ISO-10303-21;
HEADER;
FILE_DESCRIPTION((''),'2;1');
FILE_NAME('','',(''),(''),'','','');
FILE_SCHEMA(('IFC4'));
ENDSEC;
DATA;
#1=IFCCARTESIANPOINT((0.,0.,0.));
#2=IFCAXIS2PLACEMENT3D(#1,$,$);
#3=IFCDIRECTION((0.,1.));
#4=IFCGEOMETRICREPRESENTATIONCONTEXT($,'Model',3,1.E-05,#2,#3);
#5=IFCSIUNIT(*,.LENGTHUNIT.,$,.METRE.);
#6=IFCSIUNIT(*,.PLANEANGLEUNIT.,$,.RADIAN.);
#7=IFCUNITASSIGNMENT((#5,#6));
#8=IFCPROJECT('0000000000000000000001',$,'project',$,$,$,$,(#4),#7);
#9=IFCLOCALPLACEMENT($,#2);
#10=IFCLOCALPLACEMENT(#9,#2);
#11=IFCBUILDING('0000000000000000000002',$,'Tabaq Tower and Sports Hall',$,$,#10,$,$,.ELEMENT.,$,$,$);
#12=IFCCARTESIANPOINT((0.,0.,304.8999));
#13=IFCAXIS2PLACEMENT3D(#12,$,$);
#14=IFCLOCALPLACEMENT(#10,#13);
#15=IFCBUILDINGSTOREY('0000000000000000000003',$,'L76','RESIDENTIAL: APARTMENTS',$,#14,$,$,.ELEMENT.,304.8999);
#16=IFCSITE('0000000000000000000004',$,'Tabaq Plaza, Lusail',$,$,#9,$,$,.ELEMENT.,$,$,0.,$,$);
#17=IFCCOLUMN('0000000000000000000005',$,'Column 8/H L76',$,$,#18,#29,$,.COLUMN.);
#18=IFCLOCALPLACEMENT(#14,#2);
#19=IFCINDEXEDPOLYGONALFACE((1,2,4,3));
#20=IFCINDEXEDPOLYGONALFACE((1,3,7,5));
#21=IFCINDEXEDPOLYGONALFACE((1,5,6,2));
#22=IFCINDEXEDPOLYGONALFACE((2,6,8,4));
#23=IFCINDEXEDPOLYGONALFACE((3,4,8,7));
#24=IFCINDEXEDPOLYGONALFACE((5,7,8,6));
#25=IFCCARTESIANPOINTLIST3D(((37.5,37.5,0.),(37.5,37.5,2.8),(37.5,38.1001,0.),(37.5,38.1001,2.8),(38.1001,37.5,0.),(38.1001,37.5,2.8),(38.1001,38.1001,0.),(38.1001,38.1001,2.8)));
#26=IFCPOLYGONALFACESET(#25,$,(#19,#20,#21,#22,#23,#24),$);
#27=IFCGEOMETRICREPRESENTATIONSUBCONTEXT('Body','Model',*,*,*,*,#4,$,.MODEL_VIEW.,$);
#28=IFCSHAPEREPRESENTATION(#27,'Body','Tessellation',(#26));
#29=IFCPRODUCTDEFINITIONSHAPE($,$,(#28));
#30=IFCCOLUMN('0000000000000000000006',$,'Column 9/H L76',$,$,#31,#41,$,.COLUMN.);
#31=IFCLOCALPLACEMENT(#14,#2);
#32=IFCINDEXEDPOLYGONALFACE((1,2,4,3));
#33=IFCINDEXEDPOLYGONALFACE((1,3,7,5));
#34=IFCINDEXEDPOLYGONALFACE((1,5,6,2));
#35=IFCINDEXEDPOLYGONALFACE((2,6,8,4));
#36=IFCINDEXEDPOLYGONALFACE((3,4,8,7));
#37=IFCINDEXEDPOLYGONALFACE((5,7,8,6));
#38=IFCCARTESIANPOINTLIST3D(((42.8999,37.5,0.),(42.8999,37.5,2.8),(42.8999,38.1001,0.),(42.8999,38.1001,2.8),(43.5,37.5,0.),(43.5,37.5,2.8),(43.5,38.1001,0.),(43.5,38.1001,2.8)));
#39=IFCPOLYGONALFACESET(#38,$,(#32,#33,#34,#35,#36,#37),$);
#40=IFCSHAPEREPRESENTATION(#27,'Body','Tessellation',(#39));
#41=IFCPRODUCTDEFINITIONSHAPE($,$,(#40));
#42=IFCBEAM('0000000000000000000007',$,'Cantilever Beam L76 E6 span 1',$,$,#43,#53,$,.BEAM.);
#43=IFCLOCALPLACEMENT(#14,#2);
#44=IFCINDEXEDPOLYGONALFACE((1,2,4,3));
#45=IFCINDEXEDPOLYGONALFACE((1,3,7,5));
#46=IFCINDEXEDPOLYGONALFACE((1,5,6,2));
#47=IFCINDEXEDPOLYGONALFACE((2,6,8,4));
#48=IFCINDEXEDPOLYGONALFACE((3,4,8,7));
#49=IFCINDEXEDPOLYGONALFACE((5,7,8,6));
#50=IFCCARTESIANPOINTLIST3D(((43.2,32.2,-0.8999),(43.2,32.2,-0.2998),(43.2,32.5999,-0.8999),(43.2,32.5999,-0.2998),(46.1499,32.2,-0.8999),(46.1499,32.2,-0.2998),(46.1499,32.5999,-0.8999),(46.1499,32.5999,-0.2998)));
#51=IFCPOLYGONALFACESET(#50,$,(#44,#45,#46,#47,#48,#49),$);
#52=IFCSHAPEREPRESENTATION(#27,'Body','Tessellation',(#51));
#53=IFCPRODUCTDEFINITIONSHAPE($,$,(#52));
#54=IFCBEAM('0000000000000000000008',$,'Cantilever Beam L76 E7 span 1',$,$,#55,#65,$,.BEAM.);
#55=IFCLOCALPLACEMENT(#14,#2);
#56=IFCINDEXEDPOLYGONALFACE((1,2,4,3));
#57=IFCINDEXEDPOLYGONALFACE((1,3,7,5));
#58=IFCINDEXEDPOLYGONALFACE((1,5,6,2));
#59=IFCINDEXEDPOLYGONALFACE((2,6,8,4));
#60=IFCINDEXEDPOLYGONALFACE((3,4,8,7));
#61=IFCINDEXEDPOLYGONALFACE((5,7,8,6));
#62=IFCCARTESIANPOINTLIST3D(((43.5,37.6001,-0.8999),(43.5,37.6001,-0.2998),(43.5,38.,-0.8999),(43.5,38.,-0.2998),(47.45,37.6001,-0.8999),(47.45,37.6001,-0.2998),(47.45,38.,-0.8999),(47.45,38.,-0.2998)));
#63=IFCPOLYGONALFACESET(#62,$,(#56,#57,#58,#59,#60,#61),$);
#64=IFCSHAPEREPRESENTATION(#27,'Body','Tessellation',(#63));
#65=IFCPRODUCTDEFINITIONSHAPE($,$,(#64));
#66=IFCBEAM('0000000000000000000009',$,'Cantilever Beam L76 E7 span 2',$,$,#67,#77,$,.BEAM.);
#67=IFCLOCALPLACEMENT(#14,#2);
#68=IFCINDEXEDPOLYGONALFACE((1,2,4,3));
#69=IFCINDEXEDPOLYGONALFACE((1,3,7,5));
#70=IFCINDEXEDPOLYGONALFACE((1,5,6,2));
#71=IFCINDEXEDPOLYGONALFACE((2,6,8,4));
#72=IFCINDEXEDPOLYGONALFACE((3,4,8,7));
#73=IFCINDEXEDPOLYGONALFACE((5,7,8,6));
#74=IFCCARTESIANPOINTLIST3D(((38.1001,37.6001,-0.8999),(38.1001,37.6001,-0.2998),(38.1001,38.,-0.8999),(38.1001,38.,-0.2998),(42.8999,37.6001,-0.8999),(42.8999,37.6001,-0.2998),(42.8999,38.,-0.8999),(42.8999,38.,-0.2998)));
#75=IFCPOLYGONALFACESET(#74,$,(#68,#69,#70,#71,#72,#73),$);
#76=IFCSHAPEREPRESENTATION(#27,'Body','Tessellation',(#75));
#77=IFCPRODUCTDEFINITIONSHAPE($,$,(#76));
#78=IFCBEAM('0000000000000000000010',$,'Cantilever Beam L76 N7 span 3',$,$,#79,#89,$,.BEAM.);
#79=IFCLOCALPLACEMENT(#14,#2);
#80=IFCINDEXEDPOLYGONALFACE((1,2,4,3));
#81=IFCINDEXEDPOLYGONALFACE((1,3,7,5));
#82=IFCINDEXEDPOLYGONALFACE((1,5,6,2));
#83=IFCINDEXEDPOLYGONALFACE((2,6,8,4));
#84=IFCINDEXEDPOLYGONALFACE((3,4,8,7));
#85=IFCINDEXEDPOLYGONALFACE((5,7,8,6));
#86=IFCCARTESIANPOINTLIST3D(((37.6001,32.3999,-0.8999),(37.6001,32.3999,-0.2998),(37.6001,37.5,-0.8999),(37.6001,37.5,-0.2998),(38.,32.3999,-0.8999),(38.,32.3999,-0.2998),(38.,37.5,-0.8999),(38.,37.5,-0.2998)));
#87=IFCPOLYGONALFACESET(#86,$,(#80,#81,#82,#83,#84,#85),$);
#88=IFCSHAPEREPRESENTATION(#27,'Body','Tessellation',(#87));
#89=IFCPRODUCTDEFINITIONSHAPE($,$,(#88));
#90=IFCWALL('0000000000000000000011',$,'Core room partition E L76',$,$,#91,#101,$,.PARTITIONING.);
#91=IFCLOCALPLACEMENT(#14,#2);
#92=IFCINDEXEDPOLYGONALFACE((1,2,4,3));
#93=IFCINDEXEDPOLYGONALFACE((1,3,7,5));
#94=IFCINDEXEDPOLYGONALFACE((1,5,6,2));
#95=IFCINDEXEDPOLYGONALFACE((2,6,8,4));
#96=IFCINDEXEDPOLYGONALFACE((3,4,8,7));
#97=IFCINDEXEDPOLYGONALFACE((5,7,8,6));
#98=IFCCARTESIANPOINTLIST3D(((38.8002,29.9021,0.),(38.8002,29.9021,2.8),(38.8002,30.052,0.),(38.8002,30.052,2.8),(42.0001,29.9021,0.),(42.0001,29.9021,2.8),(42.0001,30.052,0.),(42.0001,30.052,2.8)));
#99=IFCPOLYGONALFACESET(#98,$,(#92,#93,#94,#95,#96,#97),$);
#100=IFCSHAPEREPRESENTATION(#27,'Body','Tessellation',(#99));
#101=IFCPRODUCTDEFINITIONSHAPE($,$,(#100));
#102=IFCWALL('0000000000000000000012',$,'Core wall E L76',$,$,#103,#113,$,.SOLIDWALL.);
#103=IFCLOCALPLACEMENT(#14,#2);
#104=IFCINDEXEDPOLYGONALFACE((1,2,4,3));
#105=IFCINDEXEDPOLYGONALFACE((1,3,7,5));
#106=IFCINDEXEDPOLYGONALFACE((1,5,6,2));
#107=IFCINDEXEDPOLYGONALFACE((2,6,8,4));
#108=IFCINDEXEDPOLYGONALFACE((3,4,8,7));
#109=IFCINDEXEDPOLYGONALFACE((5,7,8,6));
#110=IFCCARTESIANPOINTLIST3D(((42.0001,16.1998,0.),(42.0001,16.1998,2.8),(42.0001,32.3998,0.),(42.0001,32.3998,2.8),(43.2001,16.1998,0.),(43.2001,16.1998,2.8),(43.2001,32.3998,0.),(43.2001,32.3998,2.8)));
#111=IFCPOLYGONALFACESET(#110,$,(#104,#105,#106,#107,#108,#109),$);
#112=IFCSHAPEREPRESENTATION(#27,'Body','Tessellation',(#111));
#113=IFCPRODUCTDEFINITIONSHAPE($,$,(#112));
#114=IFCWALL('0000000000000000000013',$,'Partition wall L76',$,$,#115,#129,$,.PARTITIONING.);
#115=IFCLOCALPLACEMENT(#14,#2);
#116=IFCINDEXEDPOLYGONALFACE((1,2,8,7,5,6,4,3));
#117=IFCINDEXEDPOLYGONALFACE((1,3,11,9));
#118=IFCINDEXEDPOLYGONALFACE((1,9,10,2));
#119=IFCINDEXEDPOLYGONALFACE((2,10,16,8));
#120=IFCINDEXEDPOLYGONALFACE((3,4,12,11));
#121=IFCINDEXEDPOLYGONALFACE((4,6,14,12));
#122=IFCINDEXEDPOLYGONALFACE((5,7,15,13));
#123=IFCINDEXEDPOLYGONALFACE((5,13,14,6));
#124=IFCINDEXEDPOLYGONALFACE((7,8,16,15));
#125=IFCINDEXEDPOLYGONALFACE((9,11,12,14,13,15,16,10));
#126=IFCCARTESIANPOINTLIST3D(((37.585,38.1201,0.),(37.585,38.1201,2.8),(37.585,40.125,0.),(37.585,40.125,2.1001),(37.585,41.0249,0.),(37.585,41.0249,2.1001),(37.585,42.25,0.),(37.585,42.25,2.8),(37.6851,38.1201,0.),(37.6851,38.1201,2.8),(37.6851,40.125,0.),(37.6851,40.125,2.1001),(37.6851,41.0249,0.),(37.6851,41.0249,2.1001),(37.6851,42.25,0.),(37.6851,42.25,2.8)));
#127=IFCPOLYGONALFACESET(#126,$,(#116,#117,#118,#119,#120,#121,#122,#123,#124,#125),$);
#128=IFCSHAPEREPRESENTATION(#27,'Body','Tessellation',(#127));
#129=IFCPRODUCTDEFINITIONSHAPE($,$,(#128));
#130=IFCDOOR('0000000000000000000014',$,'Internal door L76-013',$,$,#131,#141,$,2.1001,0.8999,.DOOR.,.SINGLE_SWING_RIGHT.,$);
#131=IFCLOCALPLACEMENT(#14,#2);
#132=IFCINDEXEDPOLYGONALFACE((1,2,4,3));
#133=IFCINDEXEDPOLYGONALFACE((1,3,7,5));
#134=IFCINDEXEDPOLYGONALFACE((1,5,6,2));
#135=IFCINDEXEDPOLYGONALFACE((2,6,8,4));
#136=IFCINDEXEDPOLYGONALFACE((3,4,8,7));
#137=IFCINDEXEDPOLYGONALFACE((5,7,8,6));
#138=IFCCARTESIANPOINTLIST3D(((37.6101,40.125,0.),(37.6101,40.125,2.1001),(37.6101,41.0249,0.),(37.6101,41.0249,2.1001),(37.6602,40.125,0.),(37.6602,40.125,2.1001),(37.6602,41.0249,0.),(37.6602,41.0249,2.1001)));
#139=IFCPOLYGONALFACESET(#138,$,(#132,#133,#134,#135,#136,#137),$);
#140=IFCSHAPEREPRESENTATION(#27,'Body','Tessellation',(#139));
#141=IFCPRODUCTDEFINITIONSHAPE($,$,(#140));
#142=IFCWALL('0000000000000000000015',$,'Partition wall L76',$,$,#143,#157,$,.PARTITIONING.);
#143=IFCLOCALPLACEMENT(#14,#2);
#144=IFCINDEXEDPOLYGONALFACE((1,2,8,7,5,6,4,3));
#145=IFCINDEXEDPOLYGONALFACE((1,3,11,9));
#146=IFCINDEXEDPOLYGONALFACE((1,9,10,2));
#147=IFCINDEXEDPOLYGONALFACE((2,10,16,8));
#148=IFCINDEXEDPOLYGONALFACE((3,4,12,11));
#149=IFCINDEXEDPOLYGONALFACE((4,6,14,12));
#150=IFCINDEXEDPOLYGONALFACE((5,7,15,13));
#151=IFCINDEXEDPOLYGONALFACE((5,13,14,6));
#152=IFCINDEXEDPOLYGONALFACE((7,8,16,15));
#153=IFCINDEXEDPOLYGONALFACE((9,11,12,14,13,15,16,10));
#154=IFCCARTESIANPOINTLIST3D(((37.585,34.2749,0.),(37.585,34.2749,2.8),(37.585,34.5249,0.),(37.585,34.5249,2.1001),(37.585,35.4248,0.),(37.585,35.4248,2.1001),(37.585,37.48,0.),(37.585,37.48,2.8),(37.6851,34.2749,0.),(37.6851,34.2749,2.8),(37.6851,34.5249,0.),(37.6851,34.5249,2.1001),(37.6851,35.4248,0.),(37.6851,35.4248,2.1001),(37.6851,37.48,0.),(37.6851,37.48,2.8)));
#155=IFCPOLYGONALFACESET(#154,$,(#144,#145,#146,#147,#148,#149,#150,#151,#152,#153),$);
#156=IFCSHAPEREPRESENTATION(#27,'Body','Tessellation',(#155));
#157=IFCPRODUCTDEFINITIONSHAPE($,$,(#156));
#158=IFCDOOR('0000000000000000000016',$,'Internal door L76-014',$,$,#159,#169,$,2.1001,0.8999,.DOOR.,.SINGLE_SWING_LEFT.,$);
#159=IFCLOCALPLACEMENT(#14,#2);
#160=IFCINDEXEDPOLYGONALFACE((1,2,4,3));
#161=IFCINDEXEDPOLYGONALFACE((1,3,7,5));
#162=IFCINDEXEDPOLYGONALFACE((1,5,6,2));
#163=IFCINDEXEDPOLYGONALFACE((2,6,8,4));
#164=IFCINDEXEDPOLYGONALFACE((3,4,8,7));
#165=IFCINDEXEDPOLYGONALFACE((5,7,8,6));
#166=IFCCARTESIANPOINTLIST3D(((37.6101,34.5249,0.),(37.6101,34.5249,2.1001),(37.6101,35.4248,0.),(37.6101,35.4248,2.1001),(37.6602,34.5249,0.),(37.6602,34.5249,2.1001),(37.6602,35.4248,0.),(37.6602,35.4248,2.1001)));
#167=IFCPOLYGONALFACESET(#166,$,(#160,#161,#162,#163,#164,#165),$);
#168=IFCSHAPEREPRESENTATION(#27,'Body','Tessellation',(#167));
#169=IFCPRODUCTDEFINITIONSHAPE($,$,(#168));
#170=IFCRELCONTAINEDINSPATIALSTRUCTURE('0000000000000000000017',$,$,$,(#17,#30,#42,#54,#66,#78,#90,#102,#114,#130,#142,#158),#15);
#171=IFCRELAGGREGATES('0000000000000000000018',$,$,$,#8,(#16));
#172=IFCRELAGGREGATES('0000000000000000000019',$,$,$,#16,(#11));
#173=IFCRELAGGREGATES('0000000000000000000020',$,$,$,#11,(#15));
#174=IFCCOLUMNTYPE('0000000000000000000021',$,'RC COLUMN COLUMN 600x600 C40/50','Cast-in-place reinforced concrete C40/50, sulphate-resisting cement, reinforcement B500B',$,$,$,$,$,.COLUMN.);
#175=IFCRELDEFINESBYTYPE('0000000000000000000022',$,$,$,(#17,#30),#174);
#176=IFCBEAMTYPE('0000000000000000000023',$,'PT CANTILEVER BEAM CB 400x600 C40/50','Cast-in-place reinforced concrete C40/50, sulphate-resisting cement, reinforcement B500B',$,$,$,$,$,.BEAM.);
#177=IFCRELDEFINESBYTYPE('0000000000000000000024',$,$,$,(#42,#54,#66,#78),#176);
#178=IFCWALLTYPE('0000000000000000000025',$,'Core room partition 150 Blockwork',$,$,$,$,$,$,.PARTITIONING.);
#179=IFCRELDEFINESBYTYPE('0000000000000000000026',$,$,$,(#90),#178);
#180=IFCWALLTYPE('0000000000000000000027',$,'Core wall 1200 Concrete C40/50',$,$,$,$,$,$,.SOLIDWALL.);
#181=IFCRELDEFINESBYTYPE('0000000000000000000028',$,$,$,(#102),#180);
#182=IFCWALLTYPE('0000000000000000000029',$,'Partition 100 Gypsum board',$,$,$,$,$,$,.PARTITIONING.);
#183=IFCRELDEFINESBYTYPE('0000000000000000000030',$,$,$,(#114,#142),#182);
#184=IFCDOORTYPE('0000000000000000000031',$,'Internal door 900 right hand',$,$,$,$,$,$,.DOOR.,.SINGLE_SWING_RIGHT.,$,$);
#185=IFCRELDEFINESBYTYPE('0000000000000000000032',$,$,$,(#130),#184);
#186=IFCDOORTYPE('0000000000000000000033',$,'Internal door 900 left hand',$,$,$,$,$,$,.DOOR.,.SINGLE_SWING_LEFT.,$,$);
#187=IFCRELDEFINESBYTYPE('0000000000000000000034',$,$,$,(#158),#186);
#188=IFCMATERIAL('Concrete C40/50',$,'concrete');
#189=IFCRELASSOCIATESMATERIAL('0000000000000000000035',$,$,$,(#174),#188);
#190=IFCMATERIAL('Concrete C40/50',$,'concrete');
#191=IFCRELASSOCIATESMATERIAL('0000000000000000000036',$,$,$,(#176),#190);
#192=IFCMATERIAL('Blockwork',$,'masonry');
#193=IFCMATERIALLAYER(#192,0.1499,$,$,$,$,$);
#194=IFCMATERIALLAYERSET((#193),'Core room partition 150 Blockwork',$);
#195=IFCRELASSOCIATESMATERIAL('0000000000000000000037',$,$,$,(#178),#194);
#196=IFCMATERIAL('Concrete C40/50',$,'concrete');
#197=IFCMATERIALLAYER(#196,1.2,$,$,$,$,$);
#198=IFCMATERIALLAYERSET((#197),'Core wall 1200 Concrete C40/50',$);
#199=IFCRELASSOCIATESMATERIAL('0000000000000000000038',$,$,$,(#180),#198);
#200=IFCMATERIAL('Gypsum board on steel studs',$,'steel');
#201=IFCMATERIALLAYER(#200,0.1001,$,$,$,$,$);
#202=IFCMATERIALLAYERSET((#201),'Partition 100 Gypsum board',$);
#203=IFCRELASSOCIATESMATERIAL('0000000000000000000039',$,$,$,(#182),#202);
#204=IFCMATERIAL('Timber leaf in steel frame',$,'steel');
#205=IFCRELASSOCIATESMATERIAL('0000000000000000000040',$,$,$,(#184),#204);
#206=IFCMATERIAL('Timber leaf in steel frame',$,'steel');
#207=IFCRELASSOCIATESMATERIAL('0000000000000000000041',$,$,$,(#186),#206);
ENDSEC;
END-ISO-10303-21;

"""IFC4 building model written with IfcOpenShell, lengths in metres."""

from ifc_helpers import new_model, si_unit, direction, frame, frame_2d, origin, origin_2d, place, context, subcontext, project, spatial, rectangle, extrude, material, layer, layer_set, material_profile, profile_set, type_object, element, fill, save


model = new_model("IFC4")

# Units and contexts
model_context = context("Model", 3, precision=1e-05, world=origin(), true_north=direction((0.0, 1.0)))
body_context = subcontext(model_context, "Body", "Model", "MODEL_VIEW")
ifc_project = project(units=[si_unit("LENGTHUNIT", "METRE"), si_unit("PLANEANGLEUNIT", "RADIAN")], contexts=[model_context])

# Site, building, storey
site_placement = place(None, origin())
site = spatial("IfcSite", under=ifc_project, at=site_placement, Name="Tabaq Plaza, Lusail", CompositionType="ELEMENT", RefElevation=0.0)
building_placement = place(site_placement, origin())
building = spatial("IfcBuilding", under=site, at=building_placement, Name="Tabaq Tower and Sports Hall", CompositionType="ELEMENT")
storey_placement = place(building_placement, frame((0.0, 0.0, 304.8999)))
storey = spatial("IfcBuildingStorey", under=building, at=storey_placement, Name="L76", Description="RESIDENTIAL: APARTMENTS", CompositionType="ELEMENT", Elevation=304.8999)

# Columns
ifc_material_1 = material(Name="Concrete C40/50", Category="concrete")
ifc_material_profile_1 = material_profile(ifc_material_1, rectangle(XDim=0.6001, YDim=0.6001, at=origin_2d()), Name="COLUMN 600x600")
ifc_profile_set_1 = profile_set([ifc_material_profile_1], Name="Concrete C40/50")
column_type = type_object("IfcColumnType", Name="RC COLUMN COLUMN 600x600 C40/50", Description="Cast-in-place reinforced concrete C40/50, sulphate-resisting cement, reinforcement B500B", PredefinedType="COLUMN", material=ifc_profile_set_1)
for number, where, z_axis, x_axis, name in (
    (1, (37.8, 37.8, 0.0), (0.0, 0.0, 1.0), (1.0, 0.0, 0.0), "Column 8/H L76"),
    (2, (43.2, 37.8, 0.0), (0.0, 0.0, 1.0), (1.0, 0.0, 0.0), "Column 9/H L76"),
):
    element("IfcColumn", number, at=place(storey_placement, frame(where, z_axis=z_axis, x_axis=x_axis)), inside=storey, type_object=column_type, Name=name, PredefinedType="COLUMN", context=body_context, shape_type="SweptSolid", body=[
        extrude(rectangle(XDim=0.6001, YDim=0.6001, at=origin_2d()), origin(), (0.0, 0.0, 1.0), 2.8),
    ])

# Beams
ifc_material_2 = material(Name="Concrete C40/50", Category="concrete")
ifc_material_profile_2 = material_profile(ifc_material_2, rectangle(XDim=0.3999, YDim=0.6001, at=origin_2d()), Name="CB 400x600")
ifc_profile_set_2 = profile_set([ifc_material_profile_2], Name="Concrete C40/50")
beam_type = type_object("IfcBeamType", Name="PT CANTILEVER BEAM CB 400x600 C40/50", Description="Cast-in-place reinforced concrete C40/50, sulphate-resisting cement, reinforcement B500B", PredefinedType="BEAM", material=ifc_profile_set_2)
beam_1_placement = place(storey_placement, frame((46.1499, 32.3999, -0.5999), z_axis=(-1.0, 0.0, 0.0), x_axis=(0.0, -1.0, 0.0)))
element("IfcBeam", 3, at=beam_1_placement, inside=storey, type_object=beam_type, Name="Cantilever Beam L76 E6 span 1", PredefinedType="BEAM", context=body_context, shape_type="SweptSolid", body=[
    extrude(rectangle(XDim=0.3999, YDim=0.6001, at=origin_2d()), origin(), (0.0, 0.0, 1.0), 2.95),
])
beam_2_placement = place(storey_placement, frame((47.45, 37.8, -0.5999), z_axis=(-1.0, 0.0, 0.0), x_axis=(0.0, -1.0, 0.0)))
element("IfcBeam", 4, at=beam_2_placement, inside=storey, type_object=beam_type, Name="Cantilever Beam L76 E7 span 1", PredefinedType="BEAM", context=body_context, shape_type="SweptSolid", body=[
    extrude(rectangle(XDim=0.3999, YDim=0.6001, at=origin_2d()), origin(), (0.0, 0.0, 1.0), 3.95),
])
beam_3_placement = place(storey_placement, frame((42.8999, 37.8, -0.5999), z_axis=(-1.0, 0.0, 0.0), x_axis=(0.0, -1.0, 0.0)))
element("IfcBeam", 5, at=beam_3_placement, inside=storey, type_object=beam_type, Name="Cantilever Beam L76 E7 span 2", PredefinedType="BEAM", context=body_context, shape_type="SweptSolid", body=[
    extrude(rectangle(XDim=0.3999, YDim=0.6001, at=origin_2d()), origin(), (0.0, 0.0, 1.0), 4.7998),
])
beam_4_placement = place(storey_placement, frame((37.8, 37.5, -0.5999), z_axis=(0.0, -1.0, 0.0), x_axis=(1.0, 0.0, 0.0)))
element("IfcBeam", 6, at=beam_4_placement, inside=storey, type_object=beam_type, Name="Cantilever Beam L76 N7 span 3", PredefinedType="BEAM", context=body_context, shape_type="SweptSolid", body=[
    extrude(rectangle(XDim=0.3999, YDim=0.6001, at=origin_2d()), origin(), (0.0, 0.0, 1.0), 5.1001),
])

# Walls
ifc_material_3 = material(Name="Blockwork", Category="masonry")
ifc_layer_1 = layer(ifc_material_3, 0.1499)
ifc_layer_set_1 = layer_set([ifc_layer_1], Name="Core room partition 150 Blockwork")
wall_type_1 = type_object("IfcWallType", Name="Core room partition 150 Blockwork", PredefinedType="PARTITIONING", material=ifc_layer_set_1)
wall_1_placement = place(storey_placement, frame((38.8, 29.9771, 0.0), z_axis=(0.0, 0.0, 1.0), x_axis=(1.0, 0.0, 0.0)))
element("IfcWall", 7, at=wall_1_placement, inside=storey, type_object=wall_type_1, Name="Core room partition E L76", PredefinedType="PARTITIONING", context=body_context, shape_type="SweptSolid", body=[
    extrude(rectangle(XDim=3.2, YDim=0.1499, at=frame_2d((1.6001, 0.0))), origin(), (0.0, 0.0, 1.0), 2.8),
])
ifc_material_4 = material(Name="Concrete C40/50", Category="concrete")
ifc_layer_2 = layer(ifc_material_4, 1.2)
ifc_layer_set_2 = layer_set([ifc_layer_2], Name="Core wall 1200 Concrete C40/50")
wall_type_2 = type_object("IfcWallType", Name="Core wall 1200 Concrete C40/50", PredefinedType="SOLIDWALL", material=ifc_layer_set_2)
wall_2_placement = place(storey_placement, frame((42.6001, 32.3999, 0.0), z_axis=(0.0, 0.0, 1.0), x_axis=(0.0, -1.0, 0.0)))
element("IfcWall", 8, at=wall_2_placement, inside=storey, type_object=wall_type_2, Name="Core wall E L76", PredefinedType="SOLIDWALL", context=body_context, shape_type="SweptSolid", body=[
    extrude(rectangle(XDim=16.2, YDim=1.2, at=frame_2d((8.1001, 0.0))), origin(), (0.0, 0.0, 1.0), 2.8),
])

# Walls, openings, doors
ifc_material_5 = material(Name="Gypsum board on steel studs", Category="steel")
ifc_layer_3 = layer(ifc_material_5, 0.1001)
ifc_layer_set_3 = layer_set([ifc_layer_3], Name="Partition 100 Gypsum board")
wall_type_3 = type_object("IfcWallType", Name="Partition 100 Gypsum board", PredefinedType="PARTITIONING", material=ifc_layer_set_3)
wall_3_placement = place(storey_placement, frame((37.635, 38.1201, 0.0), z_axis=(0.0, 0.0, 1.0), x_axis=(0.0, 1.0, 0.0)))
wall_3 = element("IfcWall", 9, at=wall_3_placement, inside=storey, type_object=wall_type_3, Name="Partition wall L76", PredefinedType="PARTITIONING", context=body_context, shape_type="SweptSolid", body=[
    extrude(rectangle(XDim=4.1299, YDim=0.1001, at=frame_2d((2.0649, 0.0))), origin(), (0.0, 0.0, 1.0), 2.8),
])
opening_1_placement = place(wall_3_placement, frame((2.0049, 0.0, 0.0)))
opening_1 = element("IfcOpeningElement", 10, at=opening_1_placement, cuts=wall_3, PredefinedType="OPENING", context=body_context, shape_type="SweptSolid", body=[
    extrude(rectangle(XDim=0.8999, YDim=2.1001, at=frame_2d((0.45, 1.05))), frame((0.0, 0.05, 0.0), z_axis=(0.0, -1.0, 0.0), x_axis=(1.0, 0.0, 0.0)), (0.0, 0.0, 1.0), 0.1001),
])
ifc_material_6 = material(Name="Timber leaf in steel frame", Category="steel")
door_type_1 = type_object("IfcDoorType", Name="Internal door 900 right hand", OperationType="SINGLE_SWING_RIGHT", PredefinedType="DOOR", material=ifc_material_6)
door_1_placement = place(opening_1_placement, origin())
door_1 = element("IfcDoor", 11, at=door_1_placement, inside=storey, type_object=door_type_1, Name="Internal door L76-013", OperationType="SINGLE_SWING_RIGHT", OverallHeight=2.1001, OverallWidth=0.8999, PredefinedType="DOOR", context=body_context, shape_type="SweptSolid", body=[
    extrude(rectangle(XDim=0.8999, YDim=2.1001, at=frame_2d((0.45, 1.05))), frame((0.0, 0.0249, 0.0), z_axis=(0.0, -1.0, 0.0), x_axis=(1.0, 0.0, 0.0)), (0.0, 0.0, 1.0), 0.05),
])
fill(opening_1, door_1)
wall_4_placement = place(storey_placement, frame((37.635, 34.2749, 0.0), z_axis=(0.0, 0.0, 1.0), x_axis=(0.0, 1.0, 0.0)))
wall_4 = element("IfcWall", 12, at=wall_4_placement, inside=storey, type_object=wall_type_3, Name="Partition wall L76", PredefinedType="PARTITIONING", context=body_context, shape_type="SweptSolid", body=[
    extrude(rectangle(XDim=3.2051, YDim=0.1001, at=frame_2d((1.6025, 0.0))), origin(), (0.0, 0.0, 1.0), 2.8),
])
opening_2_placement = place(wall_4_placement, frame((0.25, 0.0, 0.0)))
opening_2 = element("IfcOpeningElement", 13, at=opening_2_placement, cuts=wall_4, PredefinedType="OPENING", context=body_context, shape_type="SweptSolid", body=[
    extrude(rectangle(XDim=0.8999, YDim=2.1001, at=frame_2d((0.45, 1.05))), frame((0.0, 0.05, 0.0), z_axis=(0.0, -1.0, 0.0), x_axis=(1.0, 0.0, 0.0)), (0.0, 0.0, 1.0), 0.1001),
])
ifc_material_7 = material(Name="Timber leaf in steel frame", Category="steel")
door_type_2 = type_object("IfcDoorType", Name="Internal door 900 left hand", OperationType="SINGLE_SWING_LEFT", PredefinedType="DOOR", material=ifc_material_7)
door_2_placement = place(opening_2_placement, origin())
door_2 = element("IfcDoor", 14, at=door_2_placement, inside=storey, type_object=door_type_2, Name="Internal door L76-014", OperationType="SINGLE_SWING_LEFT", OverallHeight=2.1001, OverallWidth=0.8999, PredefinedType="DOOR", context=body_context, shape_type="SweptSolid", body=[
    extrude(rectangle(XDim=0.8999, YDim=2.1001, at=frame_2d((0.45, 1.05))), frame((0.0, 0.0249, 0.0), z_axis=(0.0, -1.0, 0.0), x_axis=(1.0, 0.0, 0.0)), (0.0, 0.0, 1.0), 0.05),
])
fill(opening_2, door_2)

save(model, "model.ifc")
